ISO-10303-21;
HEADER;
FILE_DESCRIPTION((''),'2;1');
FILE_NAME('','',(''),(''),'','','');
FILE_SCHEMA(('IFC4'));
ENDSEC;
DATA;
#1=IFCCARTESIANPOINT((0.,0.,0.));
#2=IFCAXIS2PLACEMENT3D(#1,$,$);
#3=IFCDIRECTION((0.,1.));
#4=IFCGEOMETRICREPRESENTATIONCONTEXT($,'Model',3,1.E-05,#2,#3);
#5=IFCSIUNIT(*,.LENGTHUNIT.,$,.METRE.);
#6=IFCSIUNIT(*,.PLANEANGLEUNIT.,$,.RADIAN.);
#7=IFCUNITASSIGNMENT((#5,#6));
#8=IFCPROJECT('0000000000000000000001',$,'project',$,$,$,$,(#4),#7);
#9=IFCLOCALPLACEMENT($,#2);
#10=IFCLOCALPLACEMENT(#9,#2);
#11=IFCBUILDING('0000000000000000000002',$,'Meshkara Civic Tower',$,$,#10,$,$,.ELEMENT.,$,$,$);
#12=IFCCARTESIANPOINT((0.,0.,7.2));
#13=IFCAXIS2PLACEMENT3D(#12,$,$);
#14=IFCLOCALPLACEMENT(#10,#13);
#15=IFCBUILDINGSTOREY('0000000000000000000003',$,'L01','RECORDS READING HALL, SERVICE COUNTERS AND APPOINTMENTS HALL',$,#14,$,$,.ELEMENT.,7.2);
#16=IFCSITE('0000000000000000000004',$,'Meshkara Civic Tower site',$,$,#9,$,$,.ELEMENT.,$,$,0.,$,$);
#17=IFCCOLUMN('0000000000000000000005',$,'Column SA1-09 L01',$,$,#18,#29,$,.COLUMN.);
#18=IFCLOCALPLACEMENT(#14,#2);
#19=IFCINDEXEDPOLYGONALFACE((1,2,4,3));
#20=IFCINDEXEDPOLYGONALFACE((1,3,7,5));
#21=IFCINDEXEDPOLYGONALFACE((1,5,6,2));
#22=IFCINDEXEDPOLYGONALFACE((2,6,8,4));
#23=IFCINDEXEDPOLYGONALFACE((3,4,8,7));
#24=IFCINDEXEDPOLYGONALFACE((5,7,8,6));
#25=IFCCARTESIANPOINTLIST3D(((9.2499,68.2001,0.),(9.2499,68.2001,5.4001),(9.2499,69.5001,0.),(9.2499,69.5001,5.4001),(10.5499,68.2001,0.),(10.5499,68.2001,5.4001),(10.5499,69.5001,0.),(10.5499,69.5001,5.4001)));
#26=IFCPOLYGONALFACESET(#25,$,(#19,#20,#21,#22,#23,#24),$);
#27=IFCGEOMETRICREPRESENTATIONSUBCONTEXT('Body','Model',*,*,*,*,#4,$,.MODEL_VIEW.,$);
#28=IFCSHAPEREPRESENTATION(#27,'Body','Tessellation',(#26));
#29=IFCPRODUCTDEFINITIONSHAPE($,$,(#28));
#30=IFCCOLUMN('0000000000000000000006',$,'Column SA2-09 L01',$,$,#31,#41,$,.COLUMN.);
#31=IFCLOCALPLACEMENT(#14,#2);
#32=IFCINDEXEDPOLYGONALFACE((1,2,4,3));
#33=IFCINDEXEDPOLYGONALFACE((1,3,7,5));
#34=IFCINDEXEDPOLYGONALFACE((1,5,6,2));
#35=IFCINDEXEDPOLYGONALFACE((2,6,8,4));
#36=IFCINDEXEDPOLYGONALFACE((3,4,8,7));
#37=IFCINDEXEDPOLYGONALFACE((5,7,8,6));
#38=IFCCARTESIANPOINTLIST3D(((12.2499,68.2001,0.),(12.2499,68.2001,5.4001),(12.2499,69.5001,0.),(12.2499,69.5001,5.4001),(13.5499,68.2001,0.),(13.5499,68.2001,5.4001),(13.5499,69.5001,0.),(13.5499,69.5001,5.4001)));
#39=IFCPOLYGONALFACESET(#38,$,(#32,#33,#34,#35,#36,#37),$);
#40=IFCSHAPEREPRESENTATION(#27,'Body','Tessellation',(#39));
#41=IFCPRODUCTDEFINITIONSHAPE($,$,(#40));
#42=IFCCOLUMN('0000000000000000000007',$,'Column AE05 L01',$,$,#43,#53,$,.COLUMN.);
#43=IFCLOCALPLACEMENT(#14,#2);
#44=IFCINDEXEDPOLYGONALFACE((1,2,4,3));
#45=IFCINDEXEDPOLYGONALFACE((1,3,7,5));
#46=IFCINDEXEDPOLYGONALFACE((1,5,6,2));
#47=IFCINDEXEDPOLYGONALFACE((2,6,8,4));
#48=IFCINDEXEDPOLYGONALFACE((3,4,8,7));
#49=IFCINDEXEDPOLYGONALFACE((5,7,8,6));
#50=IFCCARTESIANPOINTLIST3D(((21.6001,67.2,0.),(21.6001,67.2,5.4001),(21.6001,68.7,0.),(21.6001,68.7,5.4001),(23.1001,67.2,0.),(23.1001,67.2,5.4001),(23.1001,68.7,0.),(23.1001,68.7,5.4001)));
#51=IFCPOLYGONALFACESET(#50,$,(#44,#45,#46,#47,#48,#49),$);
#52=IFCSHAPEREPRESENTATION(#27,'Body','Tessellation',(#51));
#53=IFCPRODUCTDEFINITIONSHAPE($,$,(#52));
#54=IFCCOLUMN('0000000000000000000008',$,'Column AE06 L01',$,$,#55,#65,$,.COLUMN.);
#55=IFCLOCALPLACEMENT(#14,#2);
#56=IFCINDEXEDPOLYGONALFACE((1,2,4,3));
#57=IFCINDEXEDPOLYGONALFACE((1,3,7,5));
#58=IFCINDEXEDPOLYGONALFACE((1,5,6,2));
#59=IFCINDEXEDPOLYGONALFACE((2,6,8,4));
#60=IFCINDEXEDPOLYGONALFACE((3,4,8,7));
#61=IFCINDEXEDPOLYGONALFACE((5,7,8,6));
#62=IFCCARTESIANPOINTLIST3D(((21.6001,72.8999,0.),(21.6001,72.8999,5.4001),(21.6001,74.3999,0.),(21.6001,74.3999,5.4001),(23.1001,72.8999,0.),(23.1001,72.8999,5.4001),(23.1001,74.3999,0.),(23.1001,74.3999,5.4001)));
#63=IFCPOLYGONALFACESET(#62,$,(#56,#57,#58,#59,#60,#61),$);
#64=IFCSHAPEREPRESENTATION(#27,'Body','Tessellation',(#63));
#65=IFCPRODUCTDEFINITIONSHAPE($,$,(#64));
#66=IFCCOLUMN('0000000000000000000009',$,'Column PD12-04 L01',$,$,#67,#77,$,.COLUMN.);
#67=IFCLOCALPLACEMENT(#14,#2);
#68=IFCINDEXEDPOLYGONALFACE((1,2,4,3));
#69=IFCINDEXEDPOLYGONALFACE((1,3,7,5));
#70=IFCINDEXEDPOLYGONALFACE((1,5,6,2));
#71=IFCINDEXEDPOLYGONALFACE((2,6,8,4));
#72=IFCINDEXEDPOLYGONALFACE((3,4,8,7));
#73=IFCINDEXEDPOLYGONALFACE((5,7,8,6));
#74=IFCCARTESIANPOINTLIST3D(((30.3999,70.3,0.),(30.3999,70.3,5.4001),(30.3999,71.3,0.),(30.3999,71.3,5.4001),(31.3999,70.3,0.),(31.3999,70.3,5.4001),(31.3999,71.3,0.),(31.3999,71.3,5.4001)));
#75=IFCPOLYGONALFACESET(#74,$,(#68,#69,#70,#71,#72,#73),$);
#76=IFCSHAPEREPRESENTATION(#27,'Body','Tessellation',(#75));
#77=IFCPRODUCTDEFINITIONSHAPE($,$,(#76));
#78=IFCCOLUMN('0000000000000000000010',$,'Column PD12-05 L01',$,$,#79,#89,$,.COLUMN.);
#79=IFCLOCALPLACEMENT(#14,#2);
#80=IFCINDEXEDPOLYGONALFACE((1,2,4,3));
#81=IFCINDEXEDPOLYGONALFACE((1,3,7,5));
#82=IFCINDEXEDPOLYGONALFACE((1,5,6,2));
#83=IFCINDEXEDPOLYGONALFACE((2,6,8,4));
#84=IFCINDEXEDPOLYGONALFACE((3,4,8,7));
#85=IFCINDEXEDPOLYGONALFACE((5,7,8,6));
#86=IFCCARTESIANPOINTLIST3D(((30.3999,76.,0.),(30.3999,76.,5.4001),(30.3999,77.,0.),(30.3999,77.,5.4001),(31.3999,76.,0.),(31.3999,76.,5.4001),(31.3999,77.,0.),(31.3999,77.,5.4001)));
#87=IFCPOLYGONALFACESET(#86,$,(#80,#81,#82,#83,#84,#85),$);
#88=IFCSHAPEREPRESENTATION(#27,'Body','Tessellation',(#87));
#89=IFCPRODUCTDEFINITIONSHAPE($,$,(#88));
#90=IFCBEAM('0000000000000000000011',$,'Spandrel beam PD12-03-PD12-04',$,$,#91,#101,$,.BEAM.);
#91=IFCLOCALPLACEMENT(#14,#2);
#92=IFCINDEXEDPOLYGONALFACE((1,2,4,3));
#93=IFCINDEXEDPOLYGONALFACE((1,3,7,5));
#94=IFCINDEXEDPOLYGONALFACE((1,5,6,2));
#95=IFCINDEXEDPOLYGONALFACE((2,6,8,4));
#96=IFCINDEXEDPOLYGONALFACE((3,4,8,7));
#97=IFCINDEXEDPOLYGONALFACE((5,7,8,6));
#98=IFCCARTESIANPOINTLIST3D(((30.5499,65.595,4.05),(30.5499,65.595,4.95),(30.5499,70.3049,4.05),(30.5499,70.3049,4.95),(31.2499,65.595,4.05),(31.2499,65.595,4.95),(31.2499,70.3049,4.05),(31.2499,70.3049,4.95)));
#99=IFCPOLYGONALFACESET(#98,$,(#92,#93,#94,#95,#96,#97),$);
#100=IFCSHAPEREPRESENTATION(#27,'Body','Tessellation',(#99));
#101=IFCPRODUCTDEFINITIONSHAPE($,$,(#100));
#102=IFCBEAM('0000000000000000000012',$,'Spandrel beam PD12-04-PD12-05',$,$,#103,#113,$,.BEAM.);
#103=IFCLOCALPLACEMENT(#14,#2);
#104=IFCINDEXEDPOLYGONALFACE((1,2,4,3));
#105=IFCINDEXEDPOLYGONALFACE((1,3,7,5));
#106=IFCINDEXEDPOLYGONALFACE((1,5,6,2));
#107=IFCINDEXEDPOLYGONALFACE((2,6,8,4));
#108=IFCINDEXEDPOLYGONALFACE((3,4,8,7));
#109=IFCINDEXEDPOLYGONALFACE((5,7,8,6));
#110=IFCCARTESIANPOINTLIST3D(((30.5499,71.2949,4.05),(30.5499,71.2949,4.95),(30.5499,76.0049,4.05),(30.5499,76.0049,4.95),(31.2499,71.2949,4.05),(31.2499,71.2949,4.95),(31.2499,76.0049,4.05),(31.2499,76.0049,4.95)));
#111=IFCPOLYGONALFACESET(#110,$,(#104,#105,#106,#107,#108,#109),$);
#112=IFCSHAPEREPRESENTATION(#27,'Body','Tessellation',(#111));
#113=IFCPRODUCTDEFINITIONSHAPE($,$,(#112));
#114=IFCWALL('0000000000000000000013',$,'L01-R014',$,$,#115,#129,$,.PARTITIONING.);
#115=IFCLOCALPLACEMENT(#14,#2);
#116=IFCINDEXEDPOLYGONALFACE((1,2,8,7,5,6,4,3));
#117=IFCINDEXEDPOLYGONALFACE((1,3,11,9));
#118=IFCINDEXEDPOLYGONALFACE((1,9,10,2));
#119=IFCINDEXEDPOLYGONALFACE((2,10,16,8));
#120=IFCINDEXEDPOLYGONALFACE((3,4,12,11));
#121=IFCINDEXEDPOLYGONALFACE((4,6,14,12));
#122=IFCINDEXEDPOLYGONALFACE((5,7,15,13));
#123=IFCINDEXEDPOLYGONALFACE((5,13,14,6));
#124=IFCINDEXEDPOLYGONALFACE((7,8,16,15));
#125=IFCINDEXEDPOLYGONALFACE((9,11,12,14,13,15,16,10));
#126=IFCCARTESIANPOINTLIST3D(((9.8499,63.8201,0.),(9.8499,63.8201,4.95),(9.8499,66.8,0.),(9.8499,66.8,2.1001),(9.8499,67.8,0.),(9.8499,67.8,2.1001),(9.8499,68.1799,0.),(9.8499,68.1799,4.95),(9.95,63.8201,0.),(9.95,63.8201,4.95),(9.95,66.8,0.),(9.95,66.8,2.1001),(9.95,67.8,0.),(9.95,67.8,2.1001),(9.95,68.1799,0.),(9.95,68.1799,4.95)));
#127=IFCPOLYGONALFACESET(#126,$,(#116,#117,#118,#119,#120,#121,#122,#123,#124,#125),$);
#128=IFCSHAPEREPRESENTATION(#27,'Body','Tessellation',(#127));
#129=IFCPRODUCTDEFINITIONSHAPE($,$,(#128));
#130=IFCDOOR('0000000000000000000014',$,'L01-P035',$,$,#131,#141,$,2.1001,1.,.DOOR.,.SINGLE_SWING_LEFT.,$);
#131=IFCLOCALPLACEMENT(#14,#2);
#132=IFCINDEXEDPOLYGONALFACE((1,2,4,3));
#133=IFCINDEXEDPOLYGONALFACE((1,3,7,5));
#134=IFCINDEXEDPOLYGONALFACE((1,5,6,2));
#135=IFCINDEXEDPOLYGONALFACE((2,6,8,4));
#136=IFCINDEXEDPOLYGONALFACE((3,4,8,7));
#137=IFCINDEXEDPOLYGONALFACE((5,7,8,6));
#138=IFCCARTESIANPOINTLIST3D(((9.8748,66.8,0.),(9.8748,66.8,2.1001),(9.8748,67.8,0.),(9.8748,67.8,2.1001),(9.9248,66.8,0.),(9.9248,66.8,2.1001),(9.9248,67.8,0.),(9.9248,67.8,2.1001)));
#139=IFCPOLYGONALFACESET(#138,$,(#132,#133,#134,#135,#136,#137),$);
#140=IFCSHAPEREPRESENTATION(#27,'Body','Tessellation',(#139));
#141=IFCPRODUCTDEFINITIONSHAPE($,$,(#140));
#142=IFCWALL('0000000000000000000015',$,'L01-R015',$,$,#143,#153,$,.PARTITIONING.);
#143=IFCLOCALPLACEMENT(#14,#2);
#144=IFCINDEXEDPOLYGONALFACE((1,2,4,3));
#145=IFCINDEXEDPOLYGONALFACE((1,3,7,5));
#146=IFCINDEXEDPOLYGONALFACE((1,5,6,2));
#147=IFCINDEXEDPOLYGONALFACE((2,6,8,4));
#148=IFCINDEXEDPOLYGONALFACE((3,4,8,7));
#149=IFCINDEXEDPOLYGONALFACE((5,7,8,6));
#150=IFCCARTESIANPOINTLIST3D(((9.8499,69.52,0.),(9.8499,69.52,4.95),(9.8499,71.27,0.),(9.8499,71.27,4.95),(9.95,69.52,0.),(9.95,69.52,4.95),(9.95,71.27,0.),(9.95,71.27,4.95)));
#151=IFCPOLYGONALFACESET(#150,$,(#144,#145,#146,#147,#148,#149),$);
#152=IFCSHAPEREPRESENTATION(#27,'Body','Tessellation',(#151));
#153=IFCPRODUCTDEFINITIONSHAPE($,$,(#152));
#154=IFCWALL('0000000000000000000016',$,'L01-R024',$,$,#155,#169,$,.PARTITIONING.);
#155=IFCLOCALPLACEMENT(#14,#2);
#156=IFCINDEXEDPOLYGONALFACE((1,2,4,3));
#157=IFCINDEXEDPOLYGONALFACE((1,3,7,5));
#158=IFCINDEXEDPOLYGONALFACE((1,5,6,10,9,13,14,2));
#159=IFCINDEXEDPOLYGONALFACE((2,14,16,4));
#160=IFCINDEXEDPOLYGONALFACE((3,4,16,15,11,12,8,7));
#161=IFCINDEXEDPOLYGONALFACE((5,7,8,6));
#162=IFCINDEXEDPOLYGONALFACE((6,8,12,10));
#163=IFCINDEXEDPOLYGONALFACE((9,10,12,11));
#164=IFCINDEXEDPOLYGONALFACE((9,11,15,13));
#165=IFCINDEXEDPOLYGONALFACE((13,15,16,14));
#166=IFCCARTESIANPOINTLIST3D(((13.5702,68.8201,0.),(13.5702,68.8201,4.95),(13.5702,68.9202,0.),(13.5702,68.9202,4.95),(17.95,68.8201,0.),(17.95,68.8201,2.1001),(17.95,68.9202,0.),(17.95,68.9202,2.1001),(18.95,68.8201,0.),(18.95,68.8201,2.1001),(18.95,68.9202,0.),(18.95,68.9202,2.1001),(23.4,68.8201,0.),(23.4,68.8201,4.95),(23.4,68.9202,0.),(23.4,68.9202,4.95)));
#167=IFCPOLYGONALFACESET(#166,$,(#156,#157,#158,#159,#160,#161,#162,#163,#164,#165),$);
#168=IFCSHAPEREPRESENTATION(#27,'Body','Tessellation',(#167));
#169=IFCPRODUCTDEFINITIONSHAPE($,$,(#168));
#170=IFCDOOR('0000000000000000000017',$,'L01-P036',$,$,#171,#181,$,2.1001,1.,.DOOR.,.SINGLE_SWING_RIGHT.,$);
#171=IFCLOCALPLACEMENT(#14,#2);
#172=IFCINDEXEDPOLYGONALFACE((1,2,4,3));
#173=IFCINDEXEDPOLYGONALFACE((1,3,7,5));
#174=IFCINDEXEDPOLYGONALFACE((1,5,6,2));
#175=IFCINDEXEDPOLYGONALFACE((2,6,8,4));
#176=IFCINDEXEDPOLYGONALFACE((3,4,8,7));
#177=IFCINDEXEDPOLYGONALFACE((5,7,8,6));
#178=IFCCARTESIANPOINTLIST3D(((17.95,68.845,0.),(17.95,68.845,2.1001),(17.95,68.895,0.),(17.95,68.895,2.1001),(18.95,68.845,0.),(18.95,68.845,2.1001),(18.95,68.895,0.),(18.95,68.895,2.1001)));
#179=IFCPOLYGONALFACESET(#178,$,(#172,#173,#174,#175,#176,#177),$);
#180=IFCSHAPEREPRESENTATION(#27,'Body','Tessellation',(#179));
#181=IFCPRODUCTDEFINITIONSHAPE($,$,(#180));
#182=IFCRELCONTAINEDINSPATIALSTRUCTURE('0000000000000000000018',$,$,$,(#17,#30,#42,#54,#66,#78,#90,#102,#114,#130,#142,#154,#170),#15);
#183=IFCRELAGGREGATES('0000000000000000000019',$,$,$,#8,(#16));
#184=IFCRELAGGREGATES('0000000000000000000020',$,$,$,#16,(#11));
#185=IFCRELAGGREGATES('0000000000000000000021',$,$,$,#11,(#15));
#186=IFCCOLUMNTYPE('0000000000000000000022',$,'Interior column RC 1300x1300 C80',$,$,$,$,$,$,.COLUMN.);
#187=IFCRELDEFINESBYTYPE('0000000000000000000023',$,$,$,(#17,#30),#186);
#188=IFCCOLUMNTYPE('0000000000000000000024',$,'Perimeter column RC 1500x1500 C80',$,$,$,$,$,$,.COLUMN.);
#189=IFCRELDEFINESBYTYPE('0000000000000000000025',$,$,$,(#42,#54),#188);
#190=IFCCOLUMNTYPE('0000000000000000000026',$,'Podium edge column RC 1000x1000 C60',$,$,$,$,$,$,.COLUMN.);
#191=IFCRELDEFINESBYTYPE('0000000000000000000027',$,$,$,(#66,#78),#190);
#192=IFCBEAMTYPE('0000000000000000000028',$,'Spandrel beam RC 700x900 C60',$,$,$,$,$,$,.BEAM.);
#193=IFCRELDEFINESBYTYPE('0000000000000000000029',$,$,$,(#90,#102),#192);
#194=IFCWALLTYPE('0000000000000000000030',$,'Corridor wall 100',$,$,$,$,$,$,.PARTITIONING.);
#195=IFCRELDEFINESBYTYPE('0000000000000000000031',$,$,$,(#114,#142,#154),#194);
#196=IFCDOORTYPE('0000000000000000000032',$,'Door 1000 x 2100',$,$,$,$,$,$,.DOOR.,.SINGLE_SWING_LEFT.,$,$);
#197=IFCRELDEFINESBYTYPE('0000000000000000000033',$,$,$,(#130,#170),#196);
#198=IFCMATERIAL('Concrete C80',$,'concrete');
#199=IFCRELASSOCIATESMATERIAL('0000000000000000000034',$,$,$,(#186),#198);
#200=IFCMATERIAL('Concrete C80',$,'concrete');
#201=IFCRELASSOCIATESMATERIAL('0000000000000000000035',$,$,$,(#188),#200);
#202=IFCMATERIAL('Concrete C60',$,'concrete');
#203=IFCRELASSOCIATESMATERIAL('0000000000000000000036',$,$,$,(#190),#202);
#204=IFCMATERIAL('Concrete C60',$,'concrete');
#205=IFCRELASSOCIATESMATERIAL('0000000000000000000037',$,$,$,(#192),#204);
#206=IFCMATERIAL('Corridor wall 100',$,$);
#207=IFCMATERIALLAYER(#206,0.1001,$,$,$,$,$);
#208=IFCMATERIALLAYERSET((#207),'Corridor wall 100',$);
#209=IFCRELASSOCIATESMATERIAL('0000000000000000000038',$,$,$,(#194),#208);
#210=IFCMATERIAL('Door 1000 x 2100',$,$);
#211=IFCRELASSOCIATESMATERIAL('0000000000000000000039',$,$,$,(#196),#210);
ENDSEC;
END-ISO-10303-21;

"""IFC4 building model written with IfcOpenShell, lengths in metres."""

from ifc_helpers import new_model, si_unit, direction, frame, frame_2d, origin, origin_2d, place, context, subcontext, project, spatial, rectangle, extrude, material, layer, layer_set, material_profile, profile_set, type_object, element, fill, save


model = new_model("IFC4")

# Units and contexts
model_context = context("Model", 3, precision=1e-05, world=origin(), true_north=direction((0.0, 1.0)))
body_context = subcontext(model_context, "Body", "Model", "MODEL_VIEW")
ifc_project = project(units=[si_unit("LENGTHUNIT", "METRE"), si_unit("PLANEANGLEUNIT", "RADIAN")], contexts=[model_context])

# Site, building, storey
site_placement = place(None, origin())
site = spatial("IfcSite", under=ifc_project, at=site_placement, Name="Meshkara Civic Tower site", CompositionType="ELEMENT", RefElevation=0.0)
building_placement = place(site_placement, origin())
building = spatial("IfcBuilding", under=site, at=building_placement, Name="Meshkara Civic Tower", CompositionType="ELEMENT")
storey_placement = place(building_placement, frame((0.0, 0.0, 7.2)))
storey = spatial("IfcBuildingStorey", under=building, at=storey_placement, Name="L01", Description="RECORDS READING HALL, SERVICE COUNTERS AND APPOINTMENTS HALL", CompositionType="ELEMENT", Elevation=7.2)

# Columns
ifc_material_1 = material(Name="Concrete C80", Category="concrete")
ifc_material_profile_1 = material_profile(ifc_material_1, rectangle(XDim=1.3, YDim=1.3, at=origin_2d()))
ifc_profile_set_1 = profile_set([ifc_material_profile_1], Name="Concrete C80")
column_type_1 = type_object("IfcColumnType", Name="Interior column RC 1300x1300 C80", PredefinedType="COLUMN", material=ifc_profile_set_1)
for number, where, z_axis, x_axis, name in (
    (1, (9.8999, 68.8501, 0.0), (0.0, 0.0, 1.0), (1.0, 0.0, 0.0), "Column SA1-09 L01"),
    (2, (12.8999, 68.8501, 0.0), (0.0, 0.0, 1.0), (1.0, 0.0, 0.0), "Column SA2-09 L01"),
):
    element("IfcColumn", number, at=place(storey_placement, frame(where, z_axis=z_axis, x_axis=x_axis)), inside=storey, type_object=column_type_1, Name=name, PredefinedType="COLUMN", context=body_context, shape_type="SweptSolid", body=[
        extrude(rectangle(XDim=1.3, YDim=1.3, at=origin_2d()), origin(), (0.0, 0.0, 1.0), 5.4001),
    ])
ifc_material_2 = material(Name="Concrete C80", Category="concrete")
ifc_material_profile_2 = material_profile(ifc_material_2, rectangle(XDim=1.5, YDim=1.5, at=origin_2d()))
ifc_profile_set_2 = profile_set([ifc_material_profile_2], Name="Concrete C80")
column_type_2 = type_object("IfcColumnType", Name="Perimeter column RC 1500x1500 C80", PredefinedType="COLUMN", material=ifc_profile_set_2)
for number, where, z_axis, x_axis, name in (
    (3, (22.3501, 67.95, 0.0), (0.0, 0.0, 1.0), (1.0, 0.0, 0.0), "Column AE05 L01"),
    (4, (22.3501, 73.6499, 0.0), (0.0, 0.0, 1.0), (1.0, 0.0, 0.0), "Column AE06 L01"),
):
    element("IfcColumn", number, at=place(storey_placement, frame(where, z_axis=z_axis, x_axis=x_axis)), inside=storey, type_object=column_type_2, Name=name, PredefinedType="COLUMN", context=body_context, shape_type="SweptSolid", body=[
        extrude(rectangle(XDim=1.5, YDim=1.5, at=origin_2d()), origin(), (0.0, 0.0, 1.0), 5.4001),
    ])
ifc_material_3 = material(Name="Concrete C60", Category="concrete")
ifc_material_profile_3 = material_profile(ifc_material_3, rectangle(XDim=1.0, YDim=1.0, at=origin_2d()))
ifc_profile_set_3 = profile_set([ifc_material_profile_3], Name="Concrete C60")
column_type_3 = type_object("IfcColumnType", Name="Podium edge column RC 1000x1000 C60", PredefinedType="COLUMN", material=ifc_profile_set_3)
for number, where, z_axis, x_axis, name in (
    (5, (30.8999, 70.8, 0.0), (0.0, 0.0, 1.0), (1.0, 0.0, 0.0), "Column PD12-04 L01"),
    (6, (30.8999, 76.5, 0.0), (0.0, 0.0, 1.0), (1.0, 0.0, 0.0), "Column PD12-05 L01"),
):
    element("IfcColumn", number, at=place(storey_placement, frame(where, z_axis=z_axis, x_axis=x_axis)), inside=storey, type_object=column_type_3, Name=name, PredefinedType="COLUMN", context=body_context, shape_type="SweptSolid", body=[
        extrude(rectangle(XDim=1.0, YDim=1.0, at=origin_2d()), origin(), (0.0, 0.0, 1.0), 5.4001),
    ])

# Beams
ifc_material_4 = material(Name="Concrete C60", Category="concrete")
ifc_material_profile_4 = material_profile(ifc_material_4, rectangle(XDim=0.7, YDim=0.8999, at=origin_2d()))
ifc_profile_set_4 = profile_set([ifc_material_profile_4], Name="Concrete C60")
beam_type = type_object("IfcBeamType", Name="Spandrel beam RC 700x900 C60", PredefinedType="BEAM", material=ifc_profile_set_4)
for number, where, z_axis, x_axis, name in (
    (7, (30.8999, 65.595, 4.5), (0.0, 1.0, 0.0), (-1.0, 0.0, 0.0), "Spandrel beam PD12-03-PD12-04"),
    (8, (30.8999, 71.2949, 4.5), (0.0, 1.0, 0.0), (-1.0, 0.0, 0.0), "Spandrel beam PD12-04-PD12-05"),
):
    element("IfcBeam", number, at=place(storey_placement, frame(where, z_axis=z_axis, x_axis=x_axis)), inside=storey, type_object=beam_type, Name=name, PredefinedType="BEAM", context=body_context, shape_type="SweptSolid", body=[
        extrude(rectangle(XDim=0.7, YDim=0.8999, at=origin_2d()), origin(), (0.0, 0.0, 1.0), 4.71),
    ])

# Wall, opening, door
ifc_material_5 = material(Name="Corridor wall 100")
ifc_layer_1 = layer(ifc_material_5, 0.1001)
ifc_layer_set_1 = layer_set([ifc_layer_1], Name="Corridor wall 100")
wall_type_1 = type_object("IfcWallType", Name="Corridor wall 100", PredefinedType="PARTITIONING", material=ifc_layer_set_1)
wall_1_placement = place(storey_placement, frame((9.8999, 68.1799, 0.0), z_axis=(0.0, 0.0, 1.0), x_axis=(0.0, -1.0, 0.0)))
wall_1 = element("IfcWall", 9, at=wall_1_placement, inside=storey, type_object=wall_type_1, Name="L01-R014", PredefinedType="PARTITIONING", context=body_context, shape_type="SweptSolid", body=[
    extrude(rectangle(XDim=4.3599, YDim=0.1001, at=frame_2d((2.1799, 0.0))), origin(), (0.0, 0.0, 1.0), 4.95),
])
opening_1_placement = place(wall_1_placement, frame((0.3799, 0.0, 0.0)))
opening_1 = element("IfcOpeningElement", 10, at=opening_1_placement, cuts=wall_1, PredefinedType="OPENING", context=body_context, shape_type="SweptSolid", body=[
    extrude(rectangle(XDim=1.0, YDim=2.1001, at=frame_2d((0.5, 1.05))), frame((0.0, 0.0601, 0.0), z_axis=(0.0, -1.0, 0.0), x_axis=(1.0, 0.0, 0.0)), (0.0, 0.0, 1.0), 0.1201),
])
ifc_material_6 = material(Name="Door 1000 x 2100")
door_type = type_object("IfcDoorType", Name="Door 1000 x 2100", OperationType="SINGLE_SWING_LEFT", PredefinedType="DOOR", material=ifc_material_6)
door_1_placement = place(opening_1_placement, origin())
door_1 = element("IfcDoor", 11, at=door_1_placement, inside=storey, type_object=door_type, Name="L01-P035", OperationType="SINGLE_SWING_LEFT", OverallHeight=2.1001, OverallWidth=1.0, PredefinedType="DOOR", context=body_context, shape_type="SweptSolid", body=[
    extrude(rectangle(XDim=1.0, YDim=2.1001, at=frame_2d((0.5, 1.05))), frame((0.0, 0.0249, 0.0), z_axis=(0.0, -1.0, 0.0), x_axis=(1.0, 0.0, 0.0)), (0.0, 0.0, 1.0), 0.05),
])
fill(opening_1, door_1)

# Wall
wall_2_placement = place(storey_placement, frame((9.8999, 71.27, 0.0), z_axis=(0.0, 0.0, 1.0), x_axis=(0.0, -1.0, 0.0)))
element("IfcWall", 12, at=wall_2_placement, inside=storey, type_object=wall_type_1, Name="L01-R015", PredefinedType="PARTITIONING", context=body_context, shape_type="SweptSolid", body=[
    extrude(rectangle(XDim=1.75, YDim=0.1001, at=frame_2d((0.875, 0.0))), origin(), (0.0, 0.0, 1.0), 4.95),
])

# Wall, opening, door
wall_3_placement = place(storey_placement, frame((13.5701, 68.8701, 0.0), z_axis=(0.0, 0.0, 1.0), x_axis=(1.0, 0.0, 0.0)))
wall_3 = element("IfcWall", 13, at=wall_3_placement, inside=storey, type_object=wall_type_1, Name="L01-R024", PredefinedType="PARTITIONING", context=body_context, shape_type="SweptSolid", body=[
    extrude(rectangle(XDim=9.8298, YDim=0.1001, at=frame_2d((4.915, 0.0))), origin(), (0.0, 0.0, 1.0), 4.95),
])
opening_2_placement = place(wall_3_placement, frame((4.3799, 0.0, 0.0)))
opening_2 = element("IfcOpeningElement", 14, at=opening_2_placement, cuts=wall_3, PredefinedType="OPENING", context=body_context, shape_type="SweptSolid", body=[
    extrude(rectangle(XDim=1.0, YDim=2.1001, at=frame_2d((0.5, 1.05))), frame((0.0, 0.0601, 0.0), z_axis=(0.0, -1.0, 0.0), x_axis=(1.0, 0.0, 0.0)), (0.0, 0.0, 1.0), 0.1201),
])
door_2_placement = place(opening_2_placement, origin())
door_2 = element("IfcDoor", 15, at=door_2_placement, inside=storey, type_object=door_type, Name="L01-P036", OperationType="SINGLE_SWING_RIGHT", OverallHeight=2.1001, OverallWidth=1.0, PredefinedType="DOOR", context=body_context, shape_type="SweptSolid", body=[
    extrude(rectangle(XDim=1.0, YDim=2.1001, at=frame_2d((0.5, 1.05))), frame((0.0, 0.0249, 0.0), z_axis=(0.0, -1.0, 0.0), x_axis=(1.0, 0.0, 0.0)), (0.0, 0.0, 1.0), 0.05),
])
fill(opening_2, door_2)

save(model, "model.ifc")
